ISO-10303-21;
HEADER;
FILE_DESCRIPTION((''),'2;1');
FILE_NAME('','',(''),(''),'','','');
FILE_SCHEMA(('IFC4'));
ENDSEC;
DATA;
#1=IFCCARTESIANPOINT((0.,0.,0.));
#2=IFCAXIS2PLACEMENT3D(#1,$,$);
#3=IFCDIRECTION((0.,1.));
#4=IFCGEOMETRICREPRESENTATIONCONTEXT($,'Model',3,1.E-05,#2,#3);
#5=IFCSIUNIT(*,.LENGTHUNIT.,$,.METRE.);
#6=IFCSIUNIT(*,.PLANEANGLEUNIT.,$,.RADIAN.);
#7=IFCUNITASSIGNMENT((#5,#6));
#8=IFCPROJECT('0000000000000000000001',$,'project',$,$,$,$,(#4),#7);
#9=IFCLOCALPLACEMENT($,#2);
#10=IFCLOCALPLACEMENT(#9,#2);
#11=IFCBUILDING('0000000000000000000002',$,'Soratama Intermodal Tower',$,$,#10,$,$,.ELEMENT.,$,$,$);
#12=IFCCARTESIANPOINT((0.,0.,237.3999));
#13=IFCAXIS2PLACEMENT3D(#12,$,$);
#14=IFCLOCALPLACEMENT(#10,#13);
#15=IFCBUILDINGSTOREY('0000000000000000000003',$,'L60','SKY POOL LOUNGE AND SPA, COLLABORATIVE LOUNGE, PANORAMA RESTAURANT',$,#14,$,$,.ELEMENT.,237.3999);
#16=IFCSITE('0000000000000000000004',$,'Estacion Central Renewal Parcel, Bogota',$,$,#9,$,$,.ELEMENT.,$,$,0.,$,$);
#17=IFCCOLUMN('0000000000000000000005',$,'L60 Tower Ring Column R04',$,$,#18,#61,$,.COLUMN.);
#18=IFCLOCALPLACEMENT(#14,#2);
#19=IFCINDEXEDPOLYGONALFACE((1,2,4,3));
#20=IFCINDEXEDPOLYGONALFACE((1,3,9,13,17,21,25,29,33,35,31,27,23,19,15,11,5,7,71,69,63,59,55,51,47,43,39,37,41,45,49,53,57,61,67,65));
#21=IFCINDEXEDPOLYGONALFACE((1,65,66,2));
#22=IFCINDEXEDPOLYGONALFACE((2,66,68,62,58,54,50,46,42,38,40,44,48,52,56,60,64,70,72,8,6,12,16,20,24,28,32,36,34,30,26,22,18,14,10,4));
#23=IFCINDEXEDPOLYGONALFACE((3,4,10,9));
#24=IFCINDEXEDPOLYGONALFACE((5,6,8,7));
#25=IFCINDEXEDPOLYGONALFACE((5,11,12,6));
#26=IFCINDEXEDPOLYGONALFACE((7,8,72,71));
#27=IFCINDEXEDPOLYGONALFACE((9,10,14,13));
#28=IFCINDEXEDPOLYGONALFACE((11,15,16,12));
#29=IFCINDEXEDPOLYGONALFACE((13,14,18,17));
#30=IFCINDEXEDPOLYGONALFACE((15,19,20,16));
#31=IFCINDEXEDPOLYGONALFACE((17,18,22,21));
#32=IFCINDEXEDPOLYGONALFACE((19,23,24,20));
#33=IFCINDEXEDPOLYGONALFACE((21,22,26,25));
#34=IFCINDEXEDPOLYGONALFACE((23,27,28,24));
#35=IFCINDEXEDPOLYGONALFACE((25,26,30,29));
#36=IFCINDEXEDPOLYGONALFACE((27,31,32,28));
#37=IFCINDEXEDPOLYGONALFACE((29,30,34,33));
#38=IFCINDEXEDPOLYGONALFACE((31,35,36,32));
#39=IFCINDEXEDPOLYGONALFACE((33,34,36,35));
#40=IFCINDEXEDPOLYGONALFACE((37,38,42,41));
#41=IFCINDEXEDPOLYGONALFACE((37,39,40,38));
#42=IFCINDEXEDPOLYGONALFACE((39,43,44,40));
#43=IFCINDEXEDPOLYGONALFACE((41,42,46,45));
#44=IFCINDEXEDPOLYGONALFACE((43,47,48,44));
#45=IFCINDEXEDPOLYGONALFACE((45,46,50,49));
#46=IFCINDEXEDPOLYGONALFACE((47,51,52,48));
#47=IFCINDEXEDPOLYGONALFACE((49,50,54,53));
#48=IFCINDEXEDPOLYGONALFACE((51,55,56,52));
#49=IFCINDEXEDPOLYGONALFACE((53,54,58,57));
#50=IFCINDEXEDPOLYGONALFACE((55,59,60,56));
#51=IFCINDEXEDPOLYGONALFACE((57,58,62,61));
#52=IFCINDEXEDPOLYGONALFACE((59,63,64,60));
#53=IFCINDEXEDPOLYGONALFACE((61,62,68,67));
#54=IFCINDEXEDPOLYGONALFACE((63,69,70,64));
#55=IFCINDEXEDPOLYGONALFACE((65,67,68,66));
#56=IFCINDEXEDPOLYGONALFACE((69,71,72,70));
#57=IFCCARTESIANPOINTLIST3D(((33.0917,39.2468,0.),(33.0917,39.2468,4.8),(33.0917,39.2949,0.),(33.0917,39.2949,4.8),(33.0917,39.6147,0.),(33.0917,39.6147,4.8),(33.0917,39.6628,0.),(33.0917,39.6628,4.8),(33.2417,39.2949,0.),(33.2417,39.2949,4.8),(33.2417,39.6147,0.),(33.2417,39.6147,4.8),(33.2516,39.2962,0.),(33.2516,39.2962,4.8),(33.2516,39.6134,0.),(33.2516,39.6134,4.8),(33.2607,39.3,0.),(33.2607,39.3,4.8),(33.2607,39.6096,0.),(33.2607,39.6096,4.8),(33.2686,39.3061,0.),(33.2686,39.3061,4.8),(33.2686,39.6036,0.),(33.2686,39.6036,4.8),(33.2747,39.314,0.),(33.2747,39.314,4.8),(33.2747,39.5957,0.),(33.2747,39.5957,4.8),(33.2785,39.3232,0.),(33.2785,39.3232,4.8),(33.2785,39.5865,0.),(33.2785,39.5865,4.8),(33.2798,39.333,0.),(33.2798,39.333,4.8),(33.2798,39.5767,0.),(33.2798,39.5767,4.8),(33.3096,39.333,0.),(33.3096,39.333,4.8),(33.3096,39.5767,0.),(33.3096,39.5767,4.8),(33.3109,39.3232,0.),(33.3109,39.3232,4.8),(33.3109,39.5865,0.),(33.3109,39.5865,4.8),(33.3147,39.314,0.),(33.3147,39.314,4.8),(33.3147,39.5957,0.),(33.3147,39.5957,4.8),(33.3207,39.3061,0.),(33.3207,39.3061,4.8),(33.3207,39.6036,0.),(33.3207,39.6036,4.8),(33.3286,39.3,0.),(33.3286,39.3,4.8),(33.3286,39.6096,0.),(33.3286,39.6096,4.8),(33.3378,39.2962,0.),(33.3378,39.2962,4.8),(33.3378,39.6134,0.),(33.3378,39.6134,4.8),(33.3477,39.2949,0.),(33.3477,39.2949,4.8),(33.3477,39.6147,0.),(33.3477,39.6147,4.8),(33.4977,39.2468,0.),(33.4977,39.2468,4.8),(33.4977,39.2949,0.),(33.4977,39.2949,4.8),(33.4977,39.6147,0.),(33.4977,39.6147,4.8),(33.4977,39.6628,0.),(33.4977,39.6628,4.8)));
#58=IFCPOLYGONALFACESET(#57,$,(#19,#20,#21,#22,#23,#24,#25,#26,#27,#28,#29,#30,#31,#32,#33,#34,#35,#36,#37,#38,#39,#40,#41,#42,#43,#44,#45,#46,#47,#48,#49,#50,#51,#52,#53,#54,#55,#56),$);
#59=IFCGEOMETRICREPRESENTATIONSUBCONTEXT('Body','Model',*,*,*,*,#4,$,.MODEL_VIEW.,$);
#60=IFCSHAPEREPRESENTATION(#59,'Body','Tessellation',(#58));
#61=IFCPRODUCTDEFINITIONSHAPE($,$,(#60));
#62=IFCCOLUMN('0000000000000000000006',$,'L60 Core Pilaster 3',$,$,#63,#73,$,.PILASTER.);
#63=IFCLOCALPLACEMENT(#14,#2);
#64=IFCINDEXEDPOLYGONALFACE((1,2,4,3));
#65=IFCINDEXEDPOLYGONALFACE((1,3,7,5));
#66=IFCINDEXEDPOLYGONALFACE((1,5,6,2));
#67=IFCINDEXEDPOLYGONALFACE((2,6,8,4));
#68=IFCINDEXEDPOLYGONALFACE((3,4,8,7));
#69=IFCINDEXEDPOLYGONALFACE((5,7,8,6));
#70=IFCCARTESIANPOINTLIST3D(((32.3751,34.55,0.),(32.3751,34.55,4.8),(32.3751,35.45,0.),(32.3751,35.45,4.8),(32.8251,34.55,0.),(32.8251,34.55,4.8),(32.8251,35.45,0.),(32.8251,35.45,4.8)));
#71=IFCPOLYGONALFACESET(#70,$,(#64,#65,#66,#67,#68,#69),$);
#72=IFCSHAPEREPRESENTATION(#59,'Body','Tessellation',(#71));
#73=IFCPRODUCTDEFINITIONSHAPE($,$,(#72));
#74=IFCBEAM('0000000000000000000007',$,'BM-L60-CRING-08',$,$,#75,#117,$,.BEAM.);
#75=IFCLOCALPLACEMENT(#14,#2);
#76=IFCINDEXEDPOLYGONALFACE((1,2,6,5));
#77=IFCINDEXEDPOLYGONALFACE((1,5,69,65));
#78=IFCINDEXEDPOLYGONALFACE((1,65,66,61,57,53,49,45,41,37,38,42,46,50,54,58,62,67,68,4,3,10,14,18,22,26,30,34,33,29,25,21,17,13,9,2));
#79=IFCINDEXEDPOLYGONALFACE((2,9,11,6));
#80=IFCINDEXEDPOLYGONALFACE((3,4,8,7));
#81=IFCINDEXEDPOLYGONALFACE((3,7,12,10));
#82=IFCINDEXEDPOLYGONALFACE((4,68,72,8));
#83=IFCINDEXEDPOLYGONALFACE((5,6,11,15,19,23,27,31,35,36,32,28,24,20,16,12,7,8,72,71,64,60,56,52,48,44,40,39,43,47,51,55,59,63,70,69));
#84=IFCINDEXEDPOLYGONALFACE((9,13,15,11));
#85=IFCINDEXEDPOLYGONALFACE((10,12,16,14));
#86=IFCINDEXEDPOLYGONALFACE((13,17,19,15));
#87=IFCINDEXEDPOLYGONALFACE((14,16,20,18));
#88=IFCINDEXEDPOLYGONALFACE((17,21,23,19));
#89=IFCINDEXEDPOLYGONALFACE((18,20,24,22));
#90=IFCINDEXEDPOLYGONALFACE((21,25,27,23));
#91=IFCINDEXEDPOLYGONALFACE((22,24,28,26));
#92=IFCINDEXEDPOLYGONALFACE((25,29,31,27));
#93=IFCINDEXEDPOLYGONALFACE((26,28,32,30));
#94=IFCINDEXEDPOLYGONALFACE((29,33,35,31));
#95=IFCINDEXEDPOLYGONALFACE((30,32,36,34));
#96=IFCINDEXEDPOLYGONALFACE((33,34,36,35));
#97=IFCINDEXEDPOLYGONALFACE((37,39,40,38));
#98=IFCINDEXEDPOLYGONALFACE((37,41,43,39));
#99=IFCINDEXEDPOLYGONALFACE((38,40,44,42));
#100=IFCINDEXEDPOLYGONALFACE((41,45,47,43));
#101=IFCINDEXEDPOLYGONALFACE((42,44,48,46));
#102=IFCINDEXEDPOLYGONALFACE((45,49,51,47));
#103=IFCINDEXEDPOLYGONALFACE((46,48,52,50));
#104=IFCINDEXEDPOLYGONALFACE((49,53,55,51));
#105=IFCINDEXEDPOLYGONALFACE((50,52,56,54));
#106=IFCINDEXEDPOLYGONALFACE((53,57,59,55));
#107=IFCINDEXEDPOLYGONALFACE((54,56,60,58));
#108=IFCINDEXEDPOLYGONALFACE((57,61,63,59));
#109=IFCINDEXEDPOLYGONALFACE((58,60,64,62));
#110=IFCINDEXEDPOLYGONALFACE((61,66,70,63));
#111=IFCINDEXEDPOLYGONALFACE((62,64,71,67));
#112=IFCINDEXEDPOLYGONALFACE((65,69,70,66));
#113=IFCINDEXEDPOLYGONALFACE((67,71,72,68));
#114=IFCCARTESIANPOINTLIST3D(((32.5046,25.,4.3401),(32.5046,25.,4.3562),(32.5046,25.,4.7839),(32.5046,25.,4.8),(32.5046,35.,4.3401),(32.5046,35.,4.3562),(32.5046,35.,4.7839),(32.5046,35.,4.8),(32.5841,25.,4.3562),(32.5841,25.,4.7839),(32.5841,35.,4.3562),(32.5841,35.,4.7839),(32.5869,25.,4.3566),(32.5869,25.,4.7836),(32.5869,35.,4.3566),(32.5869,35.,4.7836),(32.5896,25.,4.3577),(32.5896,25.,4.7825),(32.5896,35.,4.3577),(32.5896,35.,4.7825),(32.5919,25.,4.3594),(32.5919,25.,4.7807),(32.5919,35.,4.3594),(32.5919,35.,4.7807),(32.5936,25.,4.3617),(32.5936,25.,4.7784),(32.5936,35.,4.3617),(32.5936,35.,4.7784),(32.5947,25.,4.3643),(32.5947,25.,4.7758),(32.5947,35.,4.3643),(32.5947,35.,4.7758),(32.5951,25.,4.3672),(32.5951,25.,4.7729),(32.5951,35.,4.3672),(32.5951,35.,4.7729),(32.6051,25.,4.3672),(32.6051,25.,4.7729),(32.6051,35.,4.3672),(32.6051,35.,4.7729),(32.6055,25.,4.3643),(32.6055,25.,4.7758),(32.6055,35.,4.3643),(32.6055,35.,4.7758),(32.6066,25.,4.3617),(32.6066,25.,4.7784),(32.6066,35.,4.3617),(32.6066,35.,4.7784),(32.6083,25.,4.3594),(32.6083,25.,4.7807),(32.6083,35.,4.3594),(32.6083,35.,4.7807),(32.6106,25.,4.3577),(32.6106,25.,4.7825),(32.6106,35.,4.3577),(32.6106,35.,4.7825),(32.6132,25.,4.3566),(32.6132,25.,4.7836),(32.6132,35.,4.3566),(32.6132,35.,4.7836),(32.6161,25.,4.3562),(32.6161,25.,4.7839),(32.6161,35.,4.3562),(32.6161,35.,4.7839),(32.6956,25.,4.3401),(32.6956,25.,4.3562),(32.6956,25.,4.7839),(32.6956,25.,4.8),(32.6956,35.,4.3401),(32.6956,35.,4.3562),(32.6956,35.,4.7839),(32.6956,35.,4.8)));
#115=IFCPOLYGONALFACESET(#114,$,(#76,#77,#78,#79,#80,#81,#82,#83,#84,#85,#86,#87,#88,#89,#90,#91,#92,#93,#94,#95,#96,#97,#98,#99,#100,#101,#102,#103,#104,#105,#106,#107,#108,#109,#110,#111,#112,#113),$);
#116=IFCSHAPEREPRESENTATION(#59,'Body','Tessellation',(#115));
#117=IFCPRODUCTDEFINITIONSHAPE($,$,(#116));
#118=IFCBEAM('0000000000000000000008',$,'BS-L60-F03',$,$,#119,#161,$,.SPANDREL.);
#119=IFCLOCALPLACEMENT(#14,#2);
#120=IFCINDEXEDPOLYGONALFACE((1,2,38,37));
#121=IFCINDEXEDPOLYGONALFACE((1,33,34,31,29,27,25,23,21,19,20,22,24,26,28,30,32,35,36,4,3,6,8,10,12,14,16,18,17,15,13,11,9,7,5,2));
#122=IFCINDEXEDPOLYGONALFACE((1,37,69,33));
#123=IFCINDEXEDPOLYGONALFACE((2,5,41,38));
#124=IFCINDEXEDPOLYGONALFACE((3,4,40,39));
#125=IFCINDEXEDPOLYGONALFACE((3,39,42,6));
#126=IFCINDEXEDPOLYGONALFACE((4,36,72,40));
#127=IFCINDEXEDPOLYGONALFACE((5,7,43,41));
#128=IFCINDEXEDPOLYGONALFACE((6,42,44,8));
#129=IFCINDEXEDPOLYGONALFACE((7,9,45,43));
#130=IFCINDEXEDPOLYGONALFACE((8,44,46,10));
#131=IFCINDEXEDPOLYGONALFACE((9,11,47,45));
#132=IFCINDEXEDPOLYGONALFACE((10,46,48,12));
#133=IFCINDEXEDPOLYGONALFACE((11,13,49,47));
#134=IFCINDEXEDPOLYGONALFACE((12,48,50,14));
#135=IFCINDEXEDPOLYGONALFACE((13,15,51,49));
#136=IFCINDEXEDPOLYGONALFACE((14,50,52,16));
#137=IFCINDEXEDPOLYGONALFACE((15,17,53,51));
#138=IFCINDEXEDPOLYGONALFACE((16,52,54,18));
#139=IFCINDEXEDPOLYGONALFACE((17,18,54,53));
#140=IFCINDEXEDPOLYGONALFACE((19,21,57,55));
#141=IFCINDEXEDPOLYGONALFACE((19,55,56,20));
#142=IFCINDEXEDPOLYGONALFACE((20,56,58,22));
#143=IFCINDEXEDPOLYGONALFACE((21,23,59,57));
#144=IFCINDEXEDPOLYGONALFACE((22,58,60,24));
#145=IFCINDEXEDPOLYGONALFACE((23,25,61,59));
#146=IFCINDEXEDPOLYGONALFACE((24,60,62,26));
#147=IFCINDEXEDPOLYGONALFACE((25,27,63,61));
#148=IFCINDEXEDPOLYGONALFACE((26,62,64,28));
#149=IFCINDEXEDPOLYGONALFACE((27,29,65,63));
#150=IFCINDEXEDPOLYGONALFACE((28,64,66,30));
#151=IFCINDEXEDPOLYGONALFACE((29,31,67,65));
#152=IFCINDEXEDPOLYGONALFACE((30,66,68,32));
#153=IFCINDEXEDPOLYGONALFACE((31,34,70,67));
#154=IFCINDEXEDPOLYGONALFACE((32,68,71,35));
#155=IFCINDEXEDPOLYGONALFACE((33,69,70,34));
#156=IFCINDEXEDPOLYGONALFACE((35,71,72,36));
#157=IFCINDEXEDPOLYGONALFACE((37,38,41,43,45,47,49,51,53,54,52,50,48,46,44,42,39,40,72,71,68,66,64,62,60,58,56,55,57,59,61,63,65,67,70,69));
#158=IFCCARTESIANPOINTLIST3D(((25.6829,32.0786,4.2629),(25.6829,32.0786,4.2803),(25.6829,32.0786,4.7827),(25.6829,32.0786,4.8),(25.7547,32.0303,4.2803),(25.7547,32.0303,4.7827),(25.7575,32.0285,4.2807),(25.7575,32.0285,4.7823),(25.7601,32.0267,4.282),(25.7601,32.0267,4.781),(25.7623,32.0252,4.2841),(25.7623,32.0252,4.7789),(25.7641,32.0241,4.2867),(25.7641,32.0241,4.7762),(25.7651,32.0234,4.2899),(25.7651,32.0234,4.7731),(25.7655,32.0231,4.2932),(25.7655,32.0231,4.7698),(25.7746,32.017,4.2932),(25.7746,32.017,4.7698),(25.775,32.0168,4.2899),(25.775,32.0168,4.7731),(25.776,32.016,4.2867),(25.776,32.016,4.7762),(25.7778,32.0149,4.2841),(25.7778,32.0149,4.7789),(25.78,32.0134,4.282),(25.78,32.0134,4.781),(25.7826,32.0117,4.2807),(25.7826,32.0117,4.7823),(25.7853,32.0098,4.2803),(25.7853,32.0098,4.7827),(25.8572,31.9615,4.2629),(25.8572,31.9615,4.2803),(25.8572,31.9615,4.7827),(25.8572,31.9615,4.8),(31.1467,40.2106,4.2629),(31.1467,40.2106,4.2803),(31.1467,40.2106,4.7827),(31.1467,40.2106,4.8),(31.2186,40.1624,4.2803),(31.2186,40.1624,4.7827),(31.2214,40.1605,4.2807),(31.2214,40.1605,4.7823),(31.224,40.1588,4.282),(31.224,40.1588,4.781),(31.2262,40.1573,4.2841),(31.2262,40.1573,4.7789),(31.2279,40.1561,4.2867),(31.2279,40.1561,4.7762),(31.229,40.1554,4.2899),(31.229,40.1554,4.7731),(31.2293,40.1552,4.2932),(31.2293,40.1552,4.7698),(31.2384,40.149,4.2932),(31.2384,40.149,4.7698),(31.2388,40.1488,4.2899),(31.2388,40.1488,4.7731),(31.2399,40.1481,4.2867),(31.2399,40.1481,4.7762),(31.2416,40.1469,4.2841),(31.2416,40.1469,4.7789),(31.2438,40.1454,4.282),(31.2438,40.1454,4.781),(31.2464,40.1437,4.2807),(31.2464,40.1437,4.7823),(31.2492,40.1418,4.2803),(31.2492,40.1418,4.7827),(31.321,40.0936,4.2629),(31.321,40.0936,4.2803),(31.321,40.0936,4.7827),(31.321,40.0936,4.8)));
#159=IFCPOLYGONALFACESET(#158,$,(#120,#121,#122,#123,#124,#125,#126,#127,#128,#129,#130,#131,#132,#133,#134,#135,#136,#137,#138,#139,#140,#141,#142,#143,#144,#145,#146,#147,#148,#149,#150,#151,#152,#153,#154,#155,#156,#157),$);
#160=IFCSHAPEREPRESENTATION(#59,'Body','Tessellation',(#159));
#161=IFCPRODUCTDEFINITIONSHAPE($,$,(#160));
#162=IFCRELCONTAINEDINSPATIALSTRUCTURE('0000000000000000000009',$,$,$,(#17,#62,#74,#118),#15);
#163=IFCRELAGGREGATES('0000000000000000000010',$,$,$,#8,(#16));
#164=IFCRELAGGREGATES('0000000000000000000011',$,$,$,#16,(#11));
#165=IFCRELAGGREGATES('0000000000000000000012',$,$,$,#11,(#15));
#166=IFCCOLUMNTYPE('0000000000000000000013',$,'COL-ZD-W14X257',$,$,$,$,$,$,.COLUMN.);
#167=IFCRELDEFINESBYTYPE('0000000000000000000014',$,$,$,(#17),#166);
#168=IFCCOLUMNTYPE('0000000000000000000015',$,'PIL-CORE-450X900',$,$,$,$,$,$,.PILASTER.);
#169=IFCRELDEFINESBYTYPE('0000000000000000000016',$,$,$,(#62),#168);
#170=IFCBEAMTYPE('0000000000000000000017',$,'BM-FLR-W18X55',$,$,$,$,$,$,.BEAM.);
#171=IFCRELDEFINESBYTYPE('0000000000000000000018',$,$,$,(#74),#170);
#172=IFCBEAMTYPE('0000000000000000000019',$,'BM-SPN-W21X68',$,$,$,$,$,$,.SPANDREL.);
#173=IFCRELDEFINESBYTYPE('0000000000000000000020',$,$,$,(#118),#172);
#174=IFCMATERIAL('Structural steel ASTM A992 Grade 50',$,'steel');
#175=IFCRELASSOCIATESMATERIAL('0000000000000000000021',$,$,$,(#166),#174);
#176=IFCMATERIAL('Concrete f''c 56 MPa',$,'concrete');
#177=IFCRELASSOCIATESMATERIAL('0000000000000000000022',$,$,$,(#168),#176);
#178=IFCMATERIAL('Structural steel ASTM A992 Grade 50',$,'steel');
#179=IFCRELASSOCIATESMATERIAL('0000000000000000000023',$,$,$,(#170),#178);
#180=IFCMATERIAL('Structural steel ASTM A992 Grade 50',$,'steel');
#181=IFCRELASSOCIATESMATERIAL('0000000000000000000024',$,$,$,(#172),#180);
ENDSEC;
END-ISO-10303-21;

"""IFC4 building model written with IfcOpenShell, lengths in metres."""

from ifc_helpers import new_model, si_unit, direction, frame, origin, origin_2d, place, context, subcontext, project, spatial, rectangle, i_section, extrude, material, material_profile, profile_set, type_object, element, save


model = new_model("IFC4")

# Units and contexts
model_context = context("Model", 3, precision=1e-05, world=origin(), true_north=direction((0.0, 1.0)))
body_context = subcontext(model_context, "Body", "Model", "MODEL_VIEW")
ifc_project = project(units=[si_unit("LENGTHUNIT", "METRE"), si_unit("PLANEANGLEUNIT", "RADIAN")], contexts=[model_context])

# Site, building, storey
site_placement = place(None, origin())
site = spatial("IfcSite", under=ifc_project, at=site_placement, Name="Estacion Central Renewal Parcel, Bogota", CompositionType="ELEMENT", RefElevation=0.0)
building_placement = place(site_placement, origin())
building = spatial("IfcBuilding", under=site, at=building_placement, Name="Soratama Intermodal Tower", CompositionType="ELEMENT")
storey_placement = place(building_placement, frame((0.0, 0.0, 237.3999)))
storey = spatial("IfcBuildingStorey", under=building, at=storey_placement, Name="L60", Description="SKY POOL LOUNGE AND SPA, COLLABORATIVE LOUNGE, PANORAMA RESTAURANT", CompositionType="ELEMENT", Elevation=237.3999)

# Columns
ifc_material_1 = material(Name="Structural steel ASTM A992 Grade 50", Category="steel")
ifc_material_profile_1 = material_profile(ifc_material_1, i_section(OverallWidth=0.406, OverallDepth=0.416, WebThickness=0.0298, FlangeThickness=0.0481, FilletRadius=0.0381, at=origin_2d()), Name="W14X257")
ifc_profile_set_1 = profile_set([ifc_material_profile_1], Name="Structural steel ASTM A992 Grade 50")
column_type_1 = type_object("IfcColumnType", Name="COL-ZD-W14X257", PredefinedType="COLUMN", material=ifc_profile_set_1)
column_1_placement = place(storey_placement, frame((33.2947, 39.4548, 0.0), z_axis=(0.0, 0.0, 1.0), x_axis=(1.0, 0.0, 0.0)))
element("IfcColumn", 1, at=column_1_placement, inside=storey, type_object=column_type_1, Name="L60 Tower Ring Column R04", PredefinedType="COLUMN", context=body_context, shape_type="SweptSolid", body=[
    extrude(i_section(OverallWidth=0.406, OverallDepth=0.416, WebThickness=0.0298, FlangeThickness=0.0481, FilletRadius=0.0381, at=origin_2d()), origin(), (0.0, 0.0, 1.0), 4.8),
])
ifc_material_2 = material(Name="Concrete f'c 56 MPa", Category="concrete")
ifc_material_profile_2 = material_profile(ifc_material_2, rectangle(XDim=0.45, YDim=0.8999, at=origin_2d()), Name="RC450X900")
ifc_profile_set_2 = profile_set([ifc_material_profile_2], Name="Concrete f'c 56 MPa")
column_type_2 = type_object("IfcColumnType", Name="PIL-CORE-450X900", PredefinedType="PILASTER", material=ifc_profile_set_2)
column_2_placement = place(storey_placement, frame((32.6001, 35.0, 0.0), z_axis=(0.0, 0.0, 1.0), x_axis=(1.0, 0.0, 0.0)))
element("IfcColumn", 2, at=column_2_placement, inside=storey, type_object=column_type_2, Name="L60 Core Pilaster 3", PredefinedType="PILASTER", context=body_context, shape_type="SweptSolid", body=[
    extrude(rectangle(XDim=0.45, YDim=0.8999, at=origin_2d()), origin(), (0.0, 0.0, 1.0), 4.8),
])

# Beams
ifc_material_3 = material(Name="Structural steel ASTM A992 Grade 50", Category="steel")
ifc_material_profile_3 = material_profile(ifc_material_3, i_section(OverallWidth=0.1909, OverallDepth=0.46, WebThickness=0.01, FlangeThickness=0.0161, FilletRadius=0.011, at=origin_2d()), Name="W18X55")
ifc_profile_set_3 = profile_set([ifc_material_profile_3], Name="Structural steel ASTM A992 Grade 50")
beam_type_1 = type_object("IfcBeamType", Name="BM-FLR-W18X55", PredefinedType="BEAM", material=ifc_profile_set_3)
beam_1_placement = place(storey_placement, frame((32.6001, 35.0, 4.5701), z_axis=(0.0, -1.0, 0.0), x_axis=(1.0, 0.0, 0.0)))
element("IfcBeam", 3, at=beam_1_placement, inside=storey, type_object=beam_type_1, Name="BM-L60-CRING-08", PredefinedType="BEAM", context=body_context, shape_type="SweptSolid", body=[
    extrude(i_section(OverallWidth=0.1909, OverallDepth=0.46, WebThickness=0.01, FlangeThickness=0.0161, FilletRadius=0.011, at=origin_2d()), origin(), (0.0, 0.0, 1.0), 10.0),
])
ifc_material_4 = material(Name="Structural steel ASTM A992 Grade 50", Category="steel")
ifc_material_profile_4 = material_profile(ifc_material_4, i_section(OverallWidth=0.21, OverallDepth=0.5371, WebThickness=0.011, FlangeThickness=0.0173, FilletRadius=0.0129, at=origin_2d()), Name="W21X68")
ifc_profile_set_4 = profile_set([ifc_material_profile_4], Name="Structural steel ASTM A992 Grade 50")
beam_type_2 = type_object("IfcBeamType", Name="BM-SPN-W21X68", PredefinedType="SPANDREL", material=ifc_profile_set_4)
beam_2_placement = place(storey_placement, frame((31.2339, 40.1521, 4.5315), z_axis=(-0.557698, -0.830044, 0.0), x_axis=(0.830044, -0.557698, 0.0)))
element("IfcBeam", 4, at=beam_2_placement, inside=storey, type_object=beam_type_2, Name="BS-L60-F03", PredefinedType="SPANDREL", context=body_context, shape_type="SweptSolid", body=[
    extrude(i_section(OverallWidth=0.21, OverallDepth=0.5371, WebThickness=0.011, FlangeThickness=0.0173, FilletRadius=0.0129, at=origin_2d()), origin(), (0.0, 0.0, 1.0), 9.7971),
])

save(model, "model.ifc")
